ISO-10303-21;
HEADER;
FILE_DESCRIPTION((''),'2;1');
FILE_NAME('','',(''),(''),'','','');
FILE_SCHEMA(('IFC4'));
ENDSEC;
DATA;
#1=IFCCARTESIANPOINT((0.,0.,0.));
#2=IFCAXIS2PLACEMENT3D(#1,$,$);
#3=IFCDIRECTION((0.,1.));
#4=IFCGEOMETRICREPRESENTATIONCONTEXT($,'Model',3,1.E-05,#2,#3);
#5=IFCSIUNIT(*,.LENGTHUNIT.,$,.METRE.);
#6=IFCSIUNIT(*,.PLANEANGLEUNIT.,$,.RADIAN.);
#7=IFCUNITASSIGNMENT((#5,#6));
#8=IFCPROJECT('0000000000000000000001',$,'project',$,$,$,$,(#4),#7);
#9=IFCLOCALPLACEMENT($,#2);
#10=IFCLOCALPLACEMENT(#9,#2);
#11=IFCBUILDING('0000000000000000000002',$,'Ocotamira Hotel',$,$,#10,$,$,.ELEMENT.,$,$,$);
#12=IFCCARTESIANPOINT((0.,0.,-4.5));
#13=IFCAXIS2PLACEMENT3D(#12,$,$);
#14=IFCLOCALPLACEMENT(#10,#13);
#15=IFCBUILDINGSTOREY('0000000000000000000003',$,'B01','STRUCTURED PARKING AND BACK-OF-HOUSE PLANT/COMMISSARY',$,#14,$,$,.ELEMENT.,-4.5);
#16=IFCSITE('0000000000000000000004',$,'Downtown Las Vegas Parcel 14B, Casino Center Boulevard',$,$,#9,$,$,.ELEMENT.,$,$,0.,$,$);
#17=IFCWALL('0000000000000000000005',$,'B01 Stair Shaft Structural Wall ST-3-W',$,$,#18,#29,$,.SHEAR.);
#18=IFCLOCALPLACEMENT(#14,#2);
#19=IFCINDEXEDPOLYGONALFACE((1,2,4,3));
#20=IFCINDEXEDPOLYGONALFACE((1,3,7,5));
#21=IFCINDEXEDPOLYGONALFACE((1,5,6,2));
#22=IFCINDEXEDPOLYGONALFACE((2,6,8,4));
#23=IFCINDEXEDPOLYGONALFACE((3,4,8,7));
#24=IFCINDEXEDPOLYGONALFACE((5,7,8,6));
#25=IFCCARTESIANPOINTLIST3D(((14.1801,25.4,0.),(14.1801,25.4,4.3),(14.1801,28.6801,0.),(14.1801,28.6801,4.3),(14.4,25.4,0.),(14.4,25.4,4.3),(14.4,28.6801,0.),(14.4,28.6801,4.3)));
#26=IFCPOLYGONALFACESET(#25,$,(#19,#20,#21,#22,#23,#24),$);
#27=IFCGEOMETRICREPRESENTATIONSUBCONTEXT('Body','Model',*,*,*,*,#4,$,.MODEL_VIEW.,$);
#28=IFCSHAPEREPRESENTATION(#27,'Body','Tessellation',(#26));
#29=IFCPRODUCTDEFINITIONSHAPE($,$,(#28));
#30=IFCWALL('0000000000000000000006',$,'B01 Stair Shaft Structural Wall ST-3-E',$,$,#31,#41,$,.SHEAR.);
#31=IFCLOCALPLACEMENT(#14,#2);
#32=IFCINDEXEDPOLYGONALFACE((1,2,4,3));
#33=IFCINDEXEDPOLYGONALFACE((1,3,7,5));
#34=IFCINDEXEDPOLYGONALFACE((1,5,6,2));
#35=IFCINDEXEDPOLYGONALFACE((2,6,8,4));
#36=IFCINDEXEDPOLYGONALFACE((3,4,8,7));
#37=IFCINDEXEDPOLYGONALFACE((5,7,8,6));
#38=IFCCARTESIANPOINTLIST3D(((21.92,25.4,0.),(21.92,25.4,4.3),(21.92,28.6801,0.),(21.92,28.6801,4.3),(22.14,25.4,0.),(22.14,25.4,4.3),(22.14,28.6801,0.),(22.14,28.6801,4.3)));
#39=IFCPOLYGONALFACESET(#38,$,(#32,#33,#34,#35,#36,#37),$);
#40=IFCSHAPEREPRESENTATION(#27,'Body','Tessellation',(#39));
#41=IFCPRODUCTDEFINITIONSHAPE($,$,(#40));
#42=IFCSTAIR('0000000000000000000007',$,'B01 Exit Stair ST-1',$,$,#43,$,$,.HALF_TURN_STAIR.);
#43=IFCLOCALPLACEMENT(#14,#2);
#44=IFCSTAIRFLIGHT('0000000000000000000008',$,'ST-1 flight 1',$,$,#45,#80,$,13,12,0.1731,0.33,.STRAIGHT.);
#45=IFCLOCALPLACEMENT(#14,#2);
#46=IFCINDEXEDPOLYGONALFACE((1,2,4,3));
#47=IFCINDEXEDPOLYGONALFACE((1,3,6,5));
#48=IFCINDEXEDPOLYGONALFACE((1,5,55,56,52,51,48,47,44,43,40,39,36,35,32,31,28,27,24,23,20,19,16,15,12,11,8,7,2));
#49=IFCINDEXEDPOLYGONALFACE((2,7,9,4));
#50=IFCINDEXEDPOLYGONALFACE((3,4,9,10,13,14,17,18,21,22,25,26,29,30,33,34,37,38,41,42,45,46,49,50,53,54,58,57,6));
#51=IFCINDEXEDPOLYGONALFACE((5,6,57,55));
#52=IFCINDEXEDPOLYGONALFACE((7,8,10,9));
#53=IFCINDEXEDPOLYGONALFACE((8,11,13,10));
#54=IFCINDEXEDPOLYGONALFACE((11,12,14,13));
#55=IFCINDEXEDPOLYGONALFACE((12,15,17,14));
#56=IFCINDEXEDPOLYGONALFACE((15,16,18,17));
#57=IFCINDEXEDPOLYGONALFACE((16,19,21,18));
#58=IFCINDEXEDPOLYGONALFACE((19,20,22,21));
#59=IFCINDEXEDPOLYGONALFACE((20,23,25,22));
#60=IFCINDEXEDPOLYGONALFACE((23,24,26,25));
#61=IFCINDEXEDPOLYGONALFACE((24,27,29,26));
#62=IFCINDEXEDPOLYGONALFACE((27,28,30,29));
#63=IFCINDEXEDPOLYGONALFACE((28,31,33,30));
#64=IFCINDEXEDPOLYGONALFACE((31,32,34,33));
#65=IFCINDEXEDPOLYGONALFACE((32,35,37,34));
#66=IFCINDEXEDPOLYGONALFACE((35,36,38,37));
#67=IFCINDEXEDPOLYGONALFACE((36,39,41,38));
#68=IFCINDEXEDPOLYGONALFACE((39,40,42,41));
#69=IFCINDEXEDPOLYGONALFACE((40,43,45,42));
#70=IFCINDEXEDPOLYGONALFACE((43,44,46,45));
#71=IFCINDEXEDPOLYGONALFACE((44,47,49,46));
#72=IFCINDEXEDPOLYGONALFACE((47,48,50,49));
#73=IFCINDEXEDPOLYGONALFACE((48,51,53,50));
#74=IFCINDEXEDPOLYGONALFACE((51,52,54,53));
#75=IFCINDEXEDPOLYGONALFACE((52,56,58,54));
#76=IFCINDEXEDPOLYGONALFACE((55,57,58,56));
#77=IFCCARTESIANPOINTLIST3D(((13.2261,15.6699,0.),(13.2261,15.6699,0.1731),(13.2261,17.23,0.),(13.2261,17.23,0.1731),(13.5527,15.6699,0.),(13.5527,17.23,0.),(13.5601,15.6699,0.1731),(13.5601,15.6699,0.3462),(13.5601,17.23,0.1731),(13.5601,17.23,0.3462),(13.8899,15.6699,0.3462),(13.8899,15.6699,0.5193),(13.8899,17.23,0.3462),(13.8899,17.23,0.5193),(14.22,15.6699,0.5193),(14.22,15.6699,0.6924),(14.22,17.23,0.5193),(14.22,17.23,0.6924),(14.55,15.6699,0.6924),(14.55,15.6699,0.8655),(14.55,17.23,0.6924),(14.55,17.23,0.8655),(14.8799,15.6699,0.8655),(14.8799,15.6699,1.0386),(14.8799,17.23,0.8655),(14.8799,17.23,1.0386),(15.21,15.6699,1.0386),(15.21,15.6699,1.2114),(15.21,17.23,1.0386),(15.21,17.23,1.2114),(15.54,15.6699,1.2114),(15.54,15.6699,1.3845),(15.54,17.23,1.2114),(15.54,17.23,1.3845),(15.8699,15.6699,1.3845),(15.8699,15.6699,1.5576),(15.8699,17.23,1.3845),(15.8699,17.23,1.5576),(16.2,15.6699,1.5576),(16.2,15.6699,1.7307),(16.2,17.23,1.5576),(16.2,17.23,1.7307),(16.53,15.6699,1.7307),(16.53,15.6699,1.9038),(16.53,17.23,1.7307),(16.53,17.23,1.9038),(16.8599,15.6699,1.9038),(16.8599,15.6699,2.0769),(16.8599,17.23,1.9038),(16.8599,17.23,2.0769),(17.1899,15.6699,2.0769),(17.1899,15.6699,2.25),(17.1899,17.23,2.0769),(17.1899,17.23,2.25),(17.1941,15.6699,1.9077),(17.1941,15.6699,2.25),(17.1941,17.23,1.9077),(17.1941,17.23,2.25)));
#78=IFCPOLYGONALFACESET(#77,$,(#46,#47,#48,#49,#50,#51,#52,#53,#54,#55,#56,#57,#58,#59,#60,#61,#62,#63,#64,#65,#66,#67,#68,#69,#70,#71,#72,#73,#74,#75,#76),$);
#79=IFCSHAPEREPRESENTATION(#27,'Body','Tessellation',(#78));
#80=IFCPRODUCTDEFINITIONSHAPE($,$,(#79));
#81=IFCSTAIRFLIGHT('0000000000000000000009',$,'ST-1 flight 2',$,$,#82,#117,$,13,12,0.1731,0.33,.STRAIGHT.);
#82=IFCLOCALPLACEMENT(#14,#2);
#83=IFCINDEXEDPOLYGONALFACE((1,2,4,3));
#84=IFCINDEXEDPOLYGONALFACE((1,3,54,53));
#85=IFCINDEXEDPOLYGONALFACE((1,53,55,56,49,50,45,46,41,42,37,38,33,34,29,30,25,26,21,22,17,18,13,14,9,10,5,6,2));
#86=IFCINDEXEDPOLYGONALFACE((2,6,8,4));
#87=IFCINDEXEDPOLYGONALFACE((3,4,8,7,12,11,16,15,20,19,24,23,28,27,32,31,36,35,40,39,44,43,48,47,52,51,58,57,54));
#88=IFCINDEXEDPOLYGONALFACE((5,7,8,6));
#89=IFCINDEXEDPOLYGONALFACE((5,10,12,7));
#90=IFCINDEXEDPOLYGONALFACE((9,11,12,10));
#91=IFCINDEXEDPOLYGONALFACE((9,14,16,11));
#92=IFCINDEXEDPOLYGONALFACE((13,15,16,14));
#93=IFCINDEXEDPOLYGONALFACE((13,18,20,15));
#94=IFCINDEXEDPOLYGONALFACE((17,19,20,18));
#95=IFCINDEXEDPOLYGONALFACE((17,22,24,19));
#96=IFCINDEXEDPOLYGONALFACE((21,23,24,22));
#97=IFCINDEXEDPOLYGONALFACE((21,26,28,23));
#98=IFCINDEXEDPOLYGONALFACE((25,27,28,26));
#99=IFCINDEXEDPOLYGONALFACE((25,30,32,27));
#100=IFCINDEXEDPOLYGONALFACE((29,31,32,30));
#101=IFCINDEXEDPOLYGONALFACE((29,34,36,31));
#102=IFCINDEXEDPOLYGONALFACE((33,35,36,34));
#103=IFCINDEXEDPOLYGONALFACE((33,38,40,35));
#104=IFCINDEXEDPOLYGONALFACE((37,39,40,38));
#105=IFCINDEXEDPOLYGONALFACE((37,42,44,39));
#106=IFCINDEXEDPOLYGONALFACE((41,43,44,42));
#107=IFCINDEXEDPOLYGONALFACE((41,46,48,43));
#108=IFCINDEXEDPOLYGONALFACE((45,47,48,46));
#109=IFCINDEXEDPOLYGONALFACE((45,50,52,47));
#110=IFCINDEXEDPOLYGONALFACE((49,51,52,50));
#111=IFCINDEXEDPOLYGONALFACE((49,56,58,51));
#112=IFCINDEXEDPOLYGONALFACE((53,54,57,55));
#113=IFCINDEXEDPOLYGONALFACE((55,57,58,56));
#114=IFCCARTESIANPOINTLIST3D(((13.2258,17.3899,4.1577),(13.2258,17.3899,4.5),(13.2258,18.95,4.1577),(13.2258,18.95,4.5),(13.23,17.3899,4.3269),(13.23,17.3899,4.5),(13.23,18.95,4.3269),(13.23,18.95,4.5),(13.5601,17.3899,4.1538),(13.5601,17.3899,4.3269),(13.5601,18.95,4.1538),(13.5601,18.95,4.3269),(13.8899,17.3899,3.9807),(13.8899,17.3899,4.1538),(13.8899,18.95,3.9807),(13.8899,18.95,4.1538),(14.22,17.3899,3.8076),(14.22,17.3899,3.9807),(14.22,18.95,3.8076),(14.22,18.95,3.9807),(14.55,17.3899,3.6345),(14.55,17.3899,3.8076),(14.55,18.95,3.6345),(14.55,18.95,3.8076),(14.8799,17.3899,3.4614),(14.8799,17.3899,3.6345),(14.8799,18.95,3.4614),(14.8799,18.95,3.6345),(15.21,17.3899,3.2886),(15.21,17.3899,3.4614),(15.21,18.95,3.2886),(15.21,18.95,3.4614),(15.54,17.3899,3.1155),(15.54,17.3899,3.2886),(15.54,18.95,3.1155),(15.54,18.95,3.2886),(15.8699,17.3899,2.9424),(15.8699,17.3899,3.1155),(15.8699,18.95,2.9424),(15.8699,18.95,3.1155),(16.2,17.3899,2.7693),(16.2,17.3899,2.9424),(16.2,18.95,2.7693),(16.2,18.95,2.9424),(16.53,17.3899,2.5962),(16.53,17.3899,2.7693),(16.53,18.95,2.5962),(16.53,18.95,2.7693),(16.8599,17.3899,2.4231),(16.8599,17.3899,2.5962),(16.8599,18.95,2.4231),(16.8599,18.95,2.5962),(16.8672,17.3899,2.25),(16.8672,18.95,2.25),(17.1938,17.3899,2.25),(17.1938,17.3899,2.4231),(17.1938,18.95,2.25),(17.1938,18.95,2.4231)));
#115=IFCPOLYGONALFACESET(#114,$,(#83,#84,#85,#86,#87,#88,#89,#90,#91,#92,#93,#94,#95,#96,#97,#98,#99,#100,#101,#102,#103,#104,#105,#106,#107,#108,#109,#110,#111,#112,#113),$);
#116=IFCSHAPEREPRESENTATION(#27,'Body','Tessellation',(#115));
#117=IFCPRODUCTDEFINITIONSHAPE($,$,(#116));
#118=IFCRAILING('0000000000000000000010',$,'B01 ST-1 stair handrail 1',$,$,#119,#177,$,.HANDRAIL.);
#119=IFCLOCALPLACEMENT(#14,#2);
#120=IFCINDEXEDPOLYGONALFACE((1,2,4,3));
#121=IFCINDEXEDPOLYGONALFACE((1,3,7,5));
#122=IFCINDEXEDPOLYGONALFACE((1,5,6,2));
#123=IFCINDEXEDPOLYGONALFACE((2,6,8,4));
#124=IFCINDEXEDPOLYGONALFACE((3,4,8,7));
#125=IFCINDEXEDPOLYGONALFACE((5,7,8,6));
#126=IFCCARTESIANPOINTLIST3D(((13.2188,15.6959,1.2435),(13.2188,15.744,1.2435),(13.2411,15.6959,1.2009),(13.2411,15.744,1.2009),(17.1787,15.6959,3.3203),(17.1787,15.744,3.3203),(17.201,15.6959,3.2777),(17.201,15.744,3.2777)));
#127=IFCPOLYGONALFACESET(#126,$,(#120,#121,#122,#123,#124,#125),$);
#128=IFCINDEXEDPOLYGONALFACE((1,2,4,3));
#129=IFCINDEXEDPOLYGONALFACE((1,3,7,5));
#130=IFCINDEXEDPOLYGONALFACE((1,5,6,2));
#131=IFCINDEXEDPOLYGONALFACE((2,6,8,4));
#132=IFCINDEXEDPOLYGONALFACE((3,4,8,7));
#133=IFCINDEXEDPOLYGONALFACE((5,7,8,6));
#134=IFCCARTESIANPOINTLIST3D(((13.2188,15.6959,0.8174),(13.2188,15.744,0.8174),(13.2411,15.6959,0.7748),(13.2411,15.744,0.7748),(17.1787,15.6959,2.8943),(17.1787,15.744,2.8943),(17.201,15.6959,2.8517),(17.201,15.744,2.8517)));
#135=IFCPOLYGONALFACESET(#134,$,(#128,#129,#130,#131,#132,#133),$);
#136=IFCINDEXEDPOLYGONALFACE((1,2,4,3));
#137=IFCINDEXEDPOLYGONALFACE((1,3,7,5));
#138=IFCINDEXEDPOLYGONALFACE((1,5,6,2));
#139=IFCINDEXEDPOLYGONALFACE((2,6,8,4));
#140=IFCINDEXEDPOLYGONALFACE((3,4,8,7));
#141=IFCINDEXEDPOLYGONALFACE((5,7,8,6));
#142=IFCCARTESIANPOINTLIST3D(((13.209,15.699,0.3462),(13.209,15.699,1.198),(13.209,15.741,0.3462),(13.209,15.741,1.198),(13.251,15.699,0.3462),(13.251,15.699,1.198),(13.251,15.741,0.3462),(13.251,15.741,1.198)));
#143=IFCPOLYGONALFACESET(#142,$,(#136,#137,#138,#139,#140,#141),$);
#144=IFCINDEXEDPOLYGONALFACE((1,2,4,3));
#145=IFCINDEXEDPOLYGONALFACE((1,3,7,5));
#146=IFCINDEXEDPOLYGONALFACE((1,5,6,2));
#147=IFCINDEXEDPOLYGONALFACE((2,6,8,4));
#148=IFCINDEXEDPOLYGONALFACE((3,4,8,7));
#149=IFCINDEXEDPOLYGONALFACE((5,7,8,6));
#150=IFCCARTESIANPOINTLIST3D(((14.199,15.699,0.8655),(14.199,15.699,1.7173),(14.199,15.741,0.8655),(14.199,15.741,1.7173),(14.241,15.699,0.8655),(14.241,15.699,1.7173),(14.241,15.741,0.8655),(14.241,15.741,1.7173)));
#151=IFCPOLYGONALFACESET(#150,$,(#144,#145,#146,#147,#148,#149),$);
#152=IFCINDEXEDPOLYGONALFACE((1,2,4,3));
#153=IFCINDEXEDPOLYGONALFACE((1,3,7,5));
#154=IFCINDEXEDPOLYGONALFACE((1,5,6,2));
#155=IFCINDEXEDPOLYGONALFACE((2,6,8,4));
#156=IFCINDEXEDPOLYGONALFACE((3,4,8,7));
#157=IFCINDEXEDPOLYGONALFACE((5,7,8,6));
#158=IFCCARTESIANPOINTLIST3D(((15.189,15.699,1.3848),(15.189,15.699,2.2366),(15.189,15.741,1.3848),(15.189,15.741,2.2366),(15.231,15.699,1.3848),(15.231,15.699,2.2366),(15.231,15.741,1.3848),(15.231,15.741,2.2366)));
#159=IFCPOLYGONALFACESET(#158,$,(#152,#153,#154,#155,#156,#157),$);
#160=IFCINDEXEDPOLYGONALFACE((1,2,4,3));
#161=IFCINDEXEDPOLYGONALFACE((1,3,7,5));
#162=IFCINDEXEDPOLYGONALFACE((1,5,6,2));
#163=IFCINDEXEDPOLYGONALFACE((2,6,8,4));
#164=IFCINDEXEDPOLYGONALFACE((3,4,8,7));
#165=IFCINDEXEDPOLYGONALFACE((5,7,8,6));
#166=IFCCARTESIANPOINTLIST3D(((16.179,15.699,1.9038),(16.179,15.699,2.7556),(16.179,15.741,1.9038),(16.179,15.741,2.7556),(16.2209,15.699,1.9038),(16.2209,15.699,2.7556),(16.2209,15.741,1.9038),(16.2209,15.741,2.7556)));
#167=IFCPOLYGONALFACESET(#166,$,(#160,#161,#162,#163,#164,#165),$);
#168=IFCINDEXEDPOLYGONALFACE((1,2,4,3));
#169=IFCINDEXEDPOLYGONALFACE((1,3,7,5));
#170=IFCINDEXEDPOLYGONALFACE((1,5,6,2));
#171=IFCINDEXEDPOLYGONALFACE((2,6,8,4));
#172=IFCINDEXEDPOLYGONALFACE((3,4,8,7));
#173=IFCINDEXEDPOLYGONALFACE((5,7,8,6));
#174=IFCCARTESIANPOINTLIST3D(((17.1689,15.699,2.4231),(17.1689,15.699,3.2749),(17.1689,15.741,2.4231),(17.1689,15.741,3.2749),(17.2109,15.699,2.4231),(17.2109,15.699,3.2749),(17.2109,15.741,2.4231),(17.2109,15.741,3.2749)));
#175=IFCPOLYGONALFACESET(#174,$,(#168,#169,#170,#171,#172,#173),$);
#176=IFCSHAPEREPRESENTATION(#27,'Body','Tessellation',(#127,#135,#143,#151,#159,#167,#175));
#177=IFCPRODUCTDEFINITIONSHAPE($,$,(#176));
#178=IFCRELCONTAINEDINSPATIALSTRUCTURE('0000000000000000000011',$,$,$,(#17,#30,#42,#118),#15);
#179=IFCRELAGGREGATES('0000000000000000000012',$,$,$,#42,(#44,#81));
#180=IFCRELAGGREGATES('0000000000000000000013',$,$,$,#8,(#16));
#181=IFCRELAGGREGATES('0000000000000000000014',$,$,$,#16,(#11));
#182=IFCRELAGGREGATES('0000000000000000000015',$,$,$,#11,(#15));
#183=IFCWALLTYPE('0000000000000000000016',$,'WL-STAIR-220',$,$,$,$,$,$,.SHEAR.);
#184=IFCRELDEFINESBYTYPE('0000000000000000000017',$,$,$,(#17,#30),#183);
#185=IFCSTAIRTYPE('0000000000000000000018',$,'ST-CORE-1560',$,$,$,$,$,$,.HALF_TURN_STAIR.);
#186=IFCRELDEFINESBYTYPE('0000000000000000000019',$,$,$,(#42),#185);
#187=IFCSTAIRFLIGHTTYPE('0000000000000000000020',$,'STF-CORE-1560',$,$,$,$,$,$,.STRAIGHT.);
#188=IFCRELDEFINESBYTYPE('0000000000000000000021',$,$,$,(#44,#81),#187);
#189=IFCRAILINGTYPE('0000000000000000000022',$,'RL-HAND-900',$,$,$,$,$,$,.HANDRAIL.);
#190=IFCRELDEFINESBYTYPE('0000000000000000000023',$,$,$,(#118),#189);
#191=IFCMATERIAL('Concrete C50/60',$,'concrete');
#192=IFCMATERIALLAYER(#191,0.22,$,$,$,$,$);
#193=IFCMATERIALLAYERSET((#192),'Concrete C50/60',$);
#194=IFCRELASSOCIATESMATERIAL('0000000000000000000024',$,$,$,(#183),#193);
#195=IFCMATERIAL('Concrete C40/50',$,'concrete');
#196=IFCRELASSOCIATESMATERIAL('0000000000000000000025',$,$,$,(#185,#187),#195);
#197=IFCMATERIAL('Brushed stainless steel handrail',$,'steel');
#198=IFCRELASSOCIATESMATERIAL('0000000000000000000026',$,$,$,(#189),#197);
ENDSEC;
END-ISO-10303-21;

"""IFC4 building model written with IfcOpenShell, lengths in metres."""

from ifc_helpers import new_model, si_unit, direction, frame, frame_2d, origin, origin_2d, place, context, subcontext, project, spatial, polyline, rectangle, outline, extrude, source, transform, mapped, material, layer, layer_set, type_object, element, aggregate, save


model = new_model("IFC4")

# Units and contexts
model_context = context("Model", 3, precision=1e-05, world=origin(), true_north=direction((0.0, 1.0)))
body_context = subcontext(model_context, "Body", "Model", "MODEL_VIEW")
ifc_project = project(units=[si_unit("LENGTHUNIT", "METRE"), si_unit("PLANEANGLEUNIT", "RADIAN")], contexts=[model_context])

# Site, building, storey
site_placement = place(None, origin())
site = spatial("IfcSite", under=ifc_project, at=site_placement, Name="Downtown Las Vegas Parcel 14B, Casino Center Boulevard", CompositionType="ELEMENT", RefElevation=0.0)
building_placement = place(site_placement, origin())
building = spatial("IfcBuilding", under=site, at=building_placement, Name="Ocotamira Hotel", CompositionType="ELEMENT")
storey_placement = place(building_placement, frame((0.0, 0.0, -4.5)))
storey = spatial("IfcBuildingStorey", under=building, at=storey_placement, Name="B01", Description="STRUCTURED PARKING AND BACK-OF-HOUSE PLANT/COMMISSARY", CompositionType="ELEMENT", Elevation=-4.5)

# Shared definitions
ifc_material_1 = material(Name="Concrete C50/60", Category="concrete")
ifc_layer_1 = layer(ifc_material_1, 0.22)
ifc_layer_set_1 = layer_set([ifc_layer_1], Name="Concrete C50/60")
wall_type_1 = type_object("IfcWallType", Name="WL-STAIR-220", PredefinedType="SHEAR", material=ifc_layer_set_1)

# Walls
for number, where, z_axis, x_axis, name in (
    (1, (14.29, 25.3999, 0.0), (0.0, 0.0, 1.0), (0.0, 1.0, 0.0), "B01 Stair Shaft Structural Wall ST-3-W"),
    (2, (22.03, 25.3999, 0.0), (0.0, 0.0, 1.0), (0.0, 1.0, 0.0), "B01 Stair Shaft Structural Wall ST-3-E"),
):
    element("IfcWall", number, at=place(storey_placement, frame(where, z_axis=z_axis, x_axis=x_axis)), inside=storey, type_object=wall_type_1, Name=name, PredefinedType="SHEAR", context=body_context, shape_type="SweptSolid", body=[
        extrude(rectangle(XDim=3.28, YDim=0.22, at=frame_2d((1.6401, 0.0))), origin(), (0.0, 0.0, 1.0), 4.3),
    ])

# Stair, stair flights
ifc_material_2 = material(Name="Concrete C40/50", Category="concrete")
stair_type = type_object("IfcStairType", Name="ST-CORE-1560", PredefinedType="HALF_TURN_STAIR", material=ifc_material_2)
stair_placement = place(storey_placement, origin())
stair = element("IfcStair", 3, at=stair_placement, inside=storey, type_object=stair_type, Name="B01 Exit Stair ST-1", PredefinedType="HALF_TURN_STAIR")
stair_flight_type = type_object("IfcStairFlightType", Name="STF-CORE-1560", PredefinedType="STRAIGHT", material=ifc_material_2)
shared_shape_1 = source(origin(), body_context, "Body", "SweptSolid", [
    extrude(outline(polyline([(-0.0039, 0.0), (-0.0039, 0.1731), (0.3301, 0.1731), (0.3301, 0.3462), (0.6599, 0.3462), (0.6599, 0.5193), (0.99, 0.5193), (0.99, 0.6924), (1.3201, 0.6924), (1.3201, 0.8655), (1.6499, 0.8655), (1.6499, 1.0386), (1.98, 1.0386), (1.98, 1.2114), (2.3101, 1.2114), (2.3101, 1.3845), (2.6399, 1.3845), (2.6399, 1.5576), (2.97, 1.5576), (2.97, 1.7307), (3.3, 1.7307), (3.3, 1.9038), (3.6299, 1.9038), (3.6299, 2.0769), (3.96, 2.0769), (3.96, 2.25), (3.9641, 2.25), (3.9641, 1.9077), (0.3228, 0.0), (-0.0039, 0.0)])), frame((0.0, 0.78, 0.0), z_axis=(0.0, -1.0, 0.0), x_axis=(1.0, 0.0, 0.0)), (0.0, 0.0, 1.0), 1.5601),
])
stair_flight_1_placement = place(storey_placement, frame((13.23, 16.45, 0.0), z_axis=(0.0, 0.0, 1.0), x_axis=(1.0, 0.0, 0.0)))
stair_flight_1 = element("IfcStairFlight", 4, at=stair_flight_1_placement, type_object=stair_flight_type, Name="ST-1 flight 1", NumberOfRisers=13, NumberOfTreads=12, PredefinedType="STRAIGHT", RiserHeight=0.1731, TreadLength=0.33, context=body_context, shape_type="MappedRepresentation", body=[
    mapped(shared_shape_1, transform((0.0, 0.0, 0.0), scale=1.0)),
])
stair_flight_2_placement = place(storey_placement, frame((17.1899, 18.1699, 2.25), z_axis=(0.0, 0.0, 1.0), x_axis=(-1.0, 0.0, 0.0)))
stair_flight_2 = element("IfcStairFlight", 5, at=stair_flight_2_placement, type_object=stair_flight_type, Name="ST-1 flight 2", NumberOfRisers=13, NumberOfTreads=12, PredefinedType="STRAIGHT", RiserHeight=0.1731, TreadLength=0.33, context=body_context, shape_type="MappedRepresentation", body=[
    mapped(shared_shape_1, transform((0.0, 0.0, 0.0), scale=1.0)),
])
aggregate(stair, [stair_flight_1, stair_flight_2])

# Railing
ifc_material_3 = material(Name="Brushed stainless steel handrail", Category="steel")
railing_type_1 = type_object("IfcRailingType", Name="RL-HAND-900", PredefinedType="HANDRAIL", material=ifc_material_3)
railing_1_placement = place(storey_placement, frame((13.23, 15.72, 0.3462)))
element("IfcRailing", 6, at=railing_1_placement, inside=storey, type_object=railing_type_1, Name="B01 ST-1 stair handrail 1", PredefinedType="HANDRAIL", context=body_context, shape_type="SweptSolid", body=[
    extrude(rectangle(XDim=0.0481, YDim=0.0481, at=origin_2d()), frame((0.0, 0.0, 0.876), z_axis=(0.885589, 0.0, 0.46447), x_axis=(0.0, 1.0, 0.0)), (0.0, 0.0, 1.0), 4.4714),
    extrude(rectangle(XDim=0.0481, YDim=0.0481, at=origin_2d()), frame((0.0, 0.0, 0.45), z_axis=(0.885589, 0.0, 0.46447), x_axis=(0.0, 1.0, 0.0)), (0.0, 0.0, 1.0), 4.4714),
    extrude(rectangle(XDim=0.042, YDim=0.042, at=origin_2d()), origin(), (0.0, 0.0, 1.0), 0.8518),
    extrude(rectangle(XDim=0.042, YDim=0.042, at=origin_2d()), frame((0.99, 0.0, 0.5193)), (0.0, 0.0, 1.0), 0.8518),
    extrude(rectangle(XDim=0.042, YDim=0.042, at=origin_2d()), frame((1.98, 0.0, 1.0386)), (0.0, 0.0, 1.0), 0.8518),
    extrude(rectangle(XDim=0.042, YDim=0.042, at=origin_2d()), frame((2.97, 0.0, 1.5576)), (0.0, 0.0, 1.0), 0.8518),
    extrude(rectangle(XDim=0.042, YDim=0.042, at=origin_2d()), frame((3.96, 0.0, 2.0769)), (0.0, 0.0, 1.0), 0.8518),
])

save(model, "model.ifc")
